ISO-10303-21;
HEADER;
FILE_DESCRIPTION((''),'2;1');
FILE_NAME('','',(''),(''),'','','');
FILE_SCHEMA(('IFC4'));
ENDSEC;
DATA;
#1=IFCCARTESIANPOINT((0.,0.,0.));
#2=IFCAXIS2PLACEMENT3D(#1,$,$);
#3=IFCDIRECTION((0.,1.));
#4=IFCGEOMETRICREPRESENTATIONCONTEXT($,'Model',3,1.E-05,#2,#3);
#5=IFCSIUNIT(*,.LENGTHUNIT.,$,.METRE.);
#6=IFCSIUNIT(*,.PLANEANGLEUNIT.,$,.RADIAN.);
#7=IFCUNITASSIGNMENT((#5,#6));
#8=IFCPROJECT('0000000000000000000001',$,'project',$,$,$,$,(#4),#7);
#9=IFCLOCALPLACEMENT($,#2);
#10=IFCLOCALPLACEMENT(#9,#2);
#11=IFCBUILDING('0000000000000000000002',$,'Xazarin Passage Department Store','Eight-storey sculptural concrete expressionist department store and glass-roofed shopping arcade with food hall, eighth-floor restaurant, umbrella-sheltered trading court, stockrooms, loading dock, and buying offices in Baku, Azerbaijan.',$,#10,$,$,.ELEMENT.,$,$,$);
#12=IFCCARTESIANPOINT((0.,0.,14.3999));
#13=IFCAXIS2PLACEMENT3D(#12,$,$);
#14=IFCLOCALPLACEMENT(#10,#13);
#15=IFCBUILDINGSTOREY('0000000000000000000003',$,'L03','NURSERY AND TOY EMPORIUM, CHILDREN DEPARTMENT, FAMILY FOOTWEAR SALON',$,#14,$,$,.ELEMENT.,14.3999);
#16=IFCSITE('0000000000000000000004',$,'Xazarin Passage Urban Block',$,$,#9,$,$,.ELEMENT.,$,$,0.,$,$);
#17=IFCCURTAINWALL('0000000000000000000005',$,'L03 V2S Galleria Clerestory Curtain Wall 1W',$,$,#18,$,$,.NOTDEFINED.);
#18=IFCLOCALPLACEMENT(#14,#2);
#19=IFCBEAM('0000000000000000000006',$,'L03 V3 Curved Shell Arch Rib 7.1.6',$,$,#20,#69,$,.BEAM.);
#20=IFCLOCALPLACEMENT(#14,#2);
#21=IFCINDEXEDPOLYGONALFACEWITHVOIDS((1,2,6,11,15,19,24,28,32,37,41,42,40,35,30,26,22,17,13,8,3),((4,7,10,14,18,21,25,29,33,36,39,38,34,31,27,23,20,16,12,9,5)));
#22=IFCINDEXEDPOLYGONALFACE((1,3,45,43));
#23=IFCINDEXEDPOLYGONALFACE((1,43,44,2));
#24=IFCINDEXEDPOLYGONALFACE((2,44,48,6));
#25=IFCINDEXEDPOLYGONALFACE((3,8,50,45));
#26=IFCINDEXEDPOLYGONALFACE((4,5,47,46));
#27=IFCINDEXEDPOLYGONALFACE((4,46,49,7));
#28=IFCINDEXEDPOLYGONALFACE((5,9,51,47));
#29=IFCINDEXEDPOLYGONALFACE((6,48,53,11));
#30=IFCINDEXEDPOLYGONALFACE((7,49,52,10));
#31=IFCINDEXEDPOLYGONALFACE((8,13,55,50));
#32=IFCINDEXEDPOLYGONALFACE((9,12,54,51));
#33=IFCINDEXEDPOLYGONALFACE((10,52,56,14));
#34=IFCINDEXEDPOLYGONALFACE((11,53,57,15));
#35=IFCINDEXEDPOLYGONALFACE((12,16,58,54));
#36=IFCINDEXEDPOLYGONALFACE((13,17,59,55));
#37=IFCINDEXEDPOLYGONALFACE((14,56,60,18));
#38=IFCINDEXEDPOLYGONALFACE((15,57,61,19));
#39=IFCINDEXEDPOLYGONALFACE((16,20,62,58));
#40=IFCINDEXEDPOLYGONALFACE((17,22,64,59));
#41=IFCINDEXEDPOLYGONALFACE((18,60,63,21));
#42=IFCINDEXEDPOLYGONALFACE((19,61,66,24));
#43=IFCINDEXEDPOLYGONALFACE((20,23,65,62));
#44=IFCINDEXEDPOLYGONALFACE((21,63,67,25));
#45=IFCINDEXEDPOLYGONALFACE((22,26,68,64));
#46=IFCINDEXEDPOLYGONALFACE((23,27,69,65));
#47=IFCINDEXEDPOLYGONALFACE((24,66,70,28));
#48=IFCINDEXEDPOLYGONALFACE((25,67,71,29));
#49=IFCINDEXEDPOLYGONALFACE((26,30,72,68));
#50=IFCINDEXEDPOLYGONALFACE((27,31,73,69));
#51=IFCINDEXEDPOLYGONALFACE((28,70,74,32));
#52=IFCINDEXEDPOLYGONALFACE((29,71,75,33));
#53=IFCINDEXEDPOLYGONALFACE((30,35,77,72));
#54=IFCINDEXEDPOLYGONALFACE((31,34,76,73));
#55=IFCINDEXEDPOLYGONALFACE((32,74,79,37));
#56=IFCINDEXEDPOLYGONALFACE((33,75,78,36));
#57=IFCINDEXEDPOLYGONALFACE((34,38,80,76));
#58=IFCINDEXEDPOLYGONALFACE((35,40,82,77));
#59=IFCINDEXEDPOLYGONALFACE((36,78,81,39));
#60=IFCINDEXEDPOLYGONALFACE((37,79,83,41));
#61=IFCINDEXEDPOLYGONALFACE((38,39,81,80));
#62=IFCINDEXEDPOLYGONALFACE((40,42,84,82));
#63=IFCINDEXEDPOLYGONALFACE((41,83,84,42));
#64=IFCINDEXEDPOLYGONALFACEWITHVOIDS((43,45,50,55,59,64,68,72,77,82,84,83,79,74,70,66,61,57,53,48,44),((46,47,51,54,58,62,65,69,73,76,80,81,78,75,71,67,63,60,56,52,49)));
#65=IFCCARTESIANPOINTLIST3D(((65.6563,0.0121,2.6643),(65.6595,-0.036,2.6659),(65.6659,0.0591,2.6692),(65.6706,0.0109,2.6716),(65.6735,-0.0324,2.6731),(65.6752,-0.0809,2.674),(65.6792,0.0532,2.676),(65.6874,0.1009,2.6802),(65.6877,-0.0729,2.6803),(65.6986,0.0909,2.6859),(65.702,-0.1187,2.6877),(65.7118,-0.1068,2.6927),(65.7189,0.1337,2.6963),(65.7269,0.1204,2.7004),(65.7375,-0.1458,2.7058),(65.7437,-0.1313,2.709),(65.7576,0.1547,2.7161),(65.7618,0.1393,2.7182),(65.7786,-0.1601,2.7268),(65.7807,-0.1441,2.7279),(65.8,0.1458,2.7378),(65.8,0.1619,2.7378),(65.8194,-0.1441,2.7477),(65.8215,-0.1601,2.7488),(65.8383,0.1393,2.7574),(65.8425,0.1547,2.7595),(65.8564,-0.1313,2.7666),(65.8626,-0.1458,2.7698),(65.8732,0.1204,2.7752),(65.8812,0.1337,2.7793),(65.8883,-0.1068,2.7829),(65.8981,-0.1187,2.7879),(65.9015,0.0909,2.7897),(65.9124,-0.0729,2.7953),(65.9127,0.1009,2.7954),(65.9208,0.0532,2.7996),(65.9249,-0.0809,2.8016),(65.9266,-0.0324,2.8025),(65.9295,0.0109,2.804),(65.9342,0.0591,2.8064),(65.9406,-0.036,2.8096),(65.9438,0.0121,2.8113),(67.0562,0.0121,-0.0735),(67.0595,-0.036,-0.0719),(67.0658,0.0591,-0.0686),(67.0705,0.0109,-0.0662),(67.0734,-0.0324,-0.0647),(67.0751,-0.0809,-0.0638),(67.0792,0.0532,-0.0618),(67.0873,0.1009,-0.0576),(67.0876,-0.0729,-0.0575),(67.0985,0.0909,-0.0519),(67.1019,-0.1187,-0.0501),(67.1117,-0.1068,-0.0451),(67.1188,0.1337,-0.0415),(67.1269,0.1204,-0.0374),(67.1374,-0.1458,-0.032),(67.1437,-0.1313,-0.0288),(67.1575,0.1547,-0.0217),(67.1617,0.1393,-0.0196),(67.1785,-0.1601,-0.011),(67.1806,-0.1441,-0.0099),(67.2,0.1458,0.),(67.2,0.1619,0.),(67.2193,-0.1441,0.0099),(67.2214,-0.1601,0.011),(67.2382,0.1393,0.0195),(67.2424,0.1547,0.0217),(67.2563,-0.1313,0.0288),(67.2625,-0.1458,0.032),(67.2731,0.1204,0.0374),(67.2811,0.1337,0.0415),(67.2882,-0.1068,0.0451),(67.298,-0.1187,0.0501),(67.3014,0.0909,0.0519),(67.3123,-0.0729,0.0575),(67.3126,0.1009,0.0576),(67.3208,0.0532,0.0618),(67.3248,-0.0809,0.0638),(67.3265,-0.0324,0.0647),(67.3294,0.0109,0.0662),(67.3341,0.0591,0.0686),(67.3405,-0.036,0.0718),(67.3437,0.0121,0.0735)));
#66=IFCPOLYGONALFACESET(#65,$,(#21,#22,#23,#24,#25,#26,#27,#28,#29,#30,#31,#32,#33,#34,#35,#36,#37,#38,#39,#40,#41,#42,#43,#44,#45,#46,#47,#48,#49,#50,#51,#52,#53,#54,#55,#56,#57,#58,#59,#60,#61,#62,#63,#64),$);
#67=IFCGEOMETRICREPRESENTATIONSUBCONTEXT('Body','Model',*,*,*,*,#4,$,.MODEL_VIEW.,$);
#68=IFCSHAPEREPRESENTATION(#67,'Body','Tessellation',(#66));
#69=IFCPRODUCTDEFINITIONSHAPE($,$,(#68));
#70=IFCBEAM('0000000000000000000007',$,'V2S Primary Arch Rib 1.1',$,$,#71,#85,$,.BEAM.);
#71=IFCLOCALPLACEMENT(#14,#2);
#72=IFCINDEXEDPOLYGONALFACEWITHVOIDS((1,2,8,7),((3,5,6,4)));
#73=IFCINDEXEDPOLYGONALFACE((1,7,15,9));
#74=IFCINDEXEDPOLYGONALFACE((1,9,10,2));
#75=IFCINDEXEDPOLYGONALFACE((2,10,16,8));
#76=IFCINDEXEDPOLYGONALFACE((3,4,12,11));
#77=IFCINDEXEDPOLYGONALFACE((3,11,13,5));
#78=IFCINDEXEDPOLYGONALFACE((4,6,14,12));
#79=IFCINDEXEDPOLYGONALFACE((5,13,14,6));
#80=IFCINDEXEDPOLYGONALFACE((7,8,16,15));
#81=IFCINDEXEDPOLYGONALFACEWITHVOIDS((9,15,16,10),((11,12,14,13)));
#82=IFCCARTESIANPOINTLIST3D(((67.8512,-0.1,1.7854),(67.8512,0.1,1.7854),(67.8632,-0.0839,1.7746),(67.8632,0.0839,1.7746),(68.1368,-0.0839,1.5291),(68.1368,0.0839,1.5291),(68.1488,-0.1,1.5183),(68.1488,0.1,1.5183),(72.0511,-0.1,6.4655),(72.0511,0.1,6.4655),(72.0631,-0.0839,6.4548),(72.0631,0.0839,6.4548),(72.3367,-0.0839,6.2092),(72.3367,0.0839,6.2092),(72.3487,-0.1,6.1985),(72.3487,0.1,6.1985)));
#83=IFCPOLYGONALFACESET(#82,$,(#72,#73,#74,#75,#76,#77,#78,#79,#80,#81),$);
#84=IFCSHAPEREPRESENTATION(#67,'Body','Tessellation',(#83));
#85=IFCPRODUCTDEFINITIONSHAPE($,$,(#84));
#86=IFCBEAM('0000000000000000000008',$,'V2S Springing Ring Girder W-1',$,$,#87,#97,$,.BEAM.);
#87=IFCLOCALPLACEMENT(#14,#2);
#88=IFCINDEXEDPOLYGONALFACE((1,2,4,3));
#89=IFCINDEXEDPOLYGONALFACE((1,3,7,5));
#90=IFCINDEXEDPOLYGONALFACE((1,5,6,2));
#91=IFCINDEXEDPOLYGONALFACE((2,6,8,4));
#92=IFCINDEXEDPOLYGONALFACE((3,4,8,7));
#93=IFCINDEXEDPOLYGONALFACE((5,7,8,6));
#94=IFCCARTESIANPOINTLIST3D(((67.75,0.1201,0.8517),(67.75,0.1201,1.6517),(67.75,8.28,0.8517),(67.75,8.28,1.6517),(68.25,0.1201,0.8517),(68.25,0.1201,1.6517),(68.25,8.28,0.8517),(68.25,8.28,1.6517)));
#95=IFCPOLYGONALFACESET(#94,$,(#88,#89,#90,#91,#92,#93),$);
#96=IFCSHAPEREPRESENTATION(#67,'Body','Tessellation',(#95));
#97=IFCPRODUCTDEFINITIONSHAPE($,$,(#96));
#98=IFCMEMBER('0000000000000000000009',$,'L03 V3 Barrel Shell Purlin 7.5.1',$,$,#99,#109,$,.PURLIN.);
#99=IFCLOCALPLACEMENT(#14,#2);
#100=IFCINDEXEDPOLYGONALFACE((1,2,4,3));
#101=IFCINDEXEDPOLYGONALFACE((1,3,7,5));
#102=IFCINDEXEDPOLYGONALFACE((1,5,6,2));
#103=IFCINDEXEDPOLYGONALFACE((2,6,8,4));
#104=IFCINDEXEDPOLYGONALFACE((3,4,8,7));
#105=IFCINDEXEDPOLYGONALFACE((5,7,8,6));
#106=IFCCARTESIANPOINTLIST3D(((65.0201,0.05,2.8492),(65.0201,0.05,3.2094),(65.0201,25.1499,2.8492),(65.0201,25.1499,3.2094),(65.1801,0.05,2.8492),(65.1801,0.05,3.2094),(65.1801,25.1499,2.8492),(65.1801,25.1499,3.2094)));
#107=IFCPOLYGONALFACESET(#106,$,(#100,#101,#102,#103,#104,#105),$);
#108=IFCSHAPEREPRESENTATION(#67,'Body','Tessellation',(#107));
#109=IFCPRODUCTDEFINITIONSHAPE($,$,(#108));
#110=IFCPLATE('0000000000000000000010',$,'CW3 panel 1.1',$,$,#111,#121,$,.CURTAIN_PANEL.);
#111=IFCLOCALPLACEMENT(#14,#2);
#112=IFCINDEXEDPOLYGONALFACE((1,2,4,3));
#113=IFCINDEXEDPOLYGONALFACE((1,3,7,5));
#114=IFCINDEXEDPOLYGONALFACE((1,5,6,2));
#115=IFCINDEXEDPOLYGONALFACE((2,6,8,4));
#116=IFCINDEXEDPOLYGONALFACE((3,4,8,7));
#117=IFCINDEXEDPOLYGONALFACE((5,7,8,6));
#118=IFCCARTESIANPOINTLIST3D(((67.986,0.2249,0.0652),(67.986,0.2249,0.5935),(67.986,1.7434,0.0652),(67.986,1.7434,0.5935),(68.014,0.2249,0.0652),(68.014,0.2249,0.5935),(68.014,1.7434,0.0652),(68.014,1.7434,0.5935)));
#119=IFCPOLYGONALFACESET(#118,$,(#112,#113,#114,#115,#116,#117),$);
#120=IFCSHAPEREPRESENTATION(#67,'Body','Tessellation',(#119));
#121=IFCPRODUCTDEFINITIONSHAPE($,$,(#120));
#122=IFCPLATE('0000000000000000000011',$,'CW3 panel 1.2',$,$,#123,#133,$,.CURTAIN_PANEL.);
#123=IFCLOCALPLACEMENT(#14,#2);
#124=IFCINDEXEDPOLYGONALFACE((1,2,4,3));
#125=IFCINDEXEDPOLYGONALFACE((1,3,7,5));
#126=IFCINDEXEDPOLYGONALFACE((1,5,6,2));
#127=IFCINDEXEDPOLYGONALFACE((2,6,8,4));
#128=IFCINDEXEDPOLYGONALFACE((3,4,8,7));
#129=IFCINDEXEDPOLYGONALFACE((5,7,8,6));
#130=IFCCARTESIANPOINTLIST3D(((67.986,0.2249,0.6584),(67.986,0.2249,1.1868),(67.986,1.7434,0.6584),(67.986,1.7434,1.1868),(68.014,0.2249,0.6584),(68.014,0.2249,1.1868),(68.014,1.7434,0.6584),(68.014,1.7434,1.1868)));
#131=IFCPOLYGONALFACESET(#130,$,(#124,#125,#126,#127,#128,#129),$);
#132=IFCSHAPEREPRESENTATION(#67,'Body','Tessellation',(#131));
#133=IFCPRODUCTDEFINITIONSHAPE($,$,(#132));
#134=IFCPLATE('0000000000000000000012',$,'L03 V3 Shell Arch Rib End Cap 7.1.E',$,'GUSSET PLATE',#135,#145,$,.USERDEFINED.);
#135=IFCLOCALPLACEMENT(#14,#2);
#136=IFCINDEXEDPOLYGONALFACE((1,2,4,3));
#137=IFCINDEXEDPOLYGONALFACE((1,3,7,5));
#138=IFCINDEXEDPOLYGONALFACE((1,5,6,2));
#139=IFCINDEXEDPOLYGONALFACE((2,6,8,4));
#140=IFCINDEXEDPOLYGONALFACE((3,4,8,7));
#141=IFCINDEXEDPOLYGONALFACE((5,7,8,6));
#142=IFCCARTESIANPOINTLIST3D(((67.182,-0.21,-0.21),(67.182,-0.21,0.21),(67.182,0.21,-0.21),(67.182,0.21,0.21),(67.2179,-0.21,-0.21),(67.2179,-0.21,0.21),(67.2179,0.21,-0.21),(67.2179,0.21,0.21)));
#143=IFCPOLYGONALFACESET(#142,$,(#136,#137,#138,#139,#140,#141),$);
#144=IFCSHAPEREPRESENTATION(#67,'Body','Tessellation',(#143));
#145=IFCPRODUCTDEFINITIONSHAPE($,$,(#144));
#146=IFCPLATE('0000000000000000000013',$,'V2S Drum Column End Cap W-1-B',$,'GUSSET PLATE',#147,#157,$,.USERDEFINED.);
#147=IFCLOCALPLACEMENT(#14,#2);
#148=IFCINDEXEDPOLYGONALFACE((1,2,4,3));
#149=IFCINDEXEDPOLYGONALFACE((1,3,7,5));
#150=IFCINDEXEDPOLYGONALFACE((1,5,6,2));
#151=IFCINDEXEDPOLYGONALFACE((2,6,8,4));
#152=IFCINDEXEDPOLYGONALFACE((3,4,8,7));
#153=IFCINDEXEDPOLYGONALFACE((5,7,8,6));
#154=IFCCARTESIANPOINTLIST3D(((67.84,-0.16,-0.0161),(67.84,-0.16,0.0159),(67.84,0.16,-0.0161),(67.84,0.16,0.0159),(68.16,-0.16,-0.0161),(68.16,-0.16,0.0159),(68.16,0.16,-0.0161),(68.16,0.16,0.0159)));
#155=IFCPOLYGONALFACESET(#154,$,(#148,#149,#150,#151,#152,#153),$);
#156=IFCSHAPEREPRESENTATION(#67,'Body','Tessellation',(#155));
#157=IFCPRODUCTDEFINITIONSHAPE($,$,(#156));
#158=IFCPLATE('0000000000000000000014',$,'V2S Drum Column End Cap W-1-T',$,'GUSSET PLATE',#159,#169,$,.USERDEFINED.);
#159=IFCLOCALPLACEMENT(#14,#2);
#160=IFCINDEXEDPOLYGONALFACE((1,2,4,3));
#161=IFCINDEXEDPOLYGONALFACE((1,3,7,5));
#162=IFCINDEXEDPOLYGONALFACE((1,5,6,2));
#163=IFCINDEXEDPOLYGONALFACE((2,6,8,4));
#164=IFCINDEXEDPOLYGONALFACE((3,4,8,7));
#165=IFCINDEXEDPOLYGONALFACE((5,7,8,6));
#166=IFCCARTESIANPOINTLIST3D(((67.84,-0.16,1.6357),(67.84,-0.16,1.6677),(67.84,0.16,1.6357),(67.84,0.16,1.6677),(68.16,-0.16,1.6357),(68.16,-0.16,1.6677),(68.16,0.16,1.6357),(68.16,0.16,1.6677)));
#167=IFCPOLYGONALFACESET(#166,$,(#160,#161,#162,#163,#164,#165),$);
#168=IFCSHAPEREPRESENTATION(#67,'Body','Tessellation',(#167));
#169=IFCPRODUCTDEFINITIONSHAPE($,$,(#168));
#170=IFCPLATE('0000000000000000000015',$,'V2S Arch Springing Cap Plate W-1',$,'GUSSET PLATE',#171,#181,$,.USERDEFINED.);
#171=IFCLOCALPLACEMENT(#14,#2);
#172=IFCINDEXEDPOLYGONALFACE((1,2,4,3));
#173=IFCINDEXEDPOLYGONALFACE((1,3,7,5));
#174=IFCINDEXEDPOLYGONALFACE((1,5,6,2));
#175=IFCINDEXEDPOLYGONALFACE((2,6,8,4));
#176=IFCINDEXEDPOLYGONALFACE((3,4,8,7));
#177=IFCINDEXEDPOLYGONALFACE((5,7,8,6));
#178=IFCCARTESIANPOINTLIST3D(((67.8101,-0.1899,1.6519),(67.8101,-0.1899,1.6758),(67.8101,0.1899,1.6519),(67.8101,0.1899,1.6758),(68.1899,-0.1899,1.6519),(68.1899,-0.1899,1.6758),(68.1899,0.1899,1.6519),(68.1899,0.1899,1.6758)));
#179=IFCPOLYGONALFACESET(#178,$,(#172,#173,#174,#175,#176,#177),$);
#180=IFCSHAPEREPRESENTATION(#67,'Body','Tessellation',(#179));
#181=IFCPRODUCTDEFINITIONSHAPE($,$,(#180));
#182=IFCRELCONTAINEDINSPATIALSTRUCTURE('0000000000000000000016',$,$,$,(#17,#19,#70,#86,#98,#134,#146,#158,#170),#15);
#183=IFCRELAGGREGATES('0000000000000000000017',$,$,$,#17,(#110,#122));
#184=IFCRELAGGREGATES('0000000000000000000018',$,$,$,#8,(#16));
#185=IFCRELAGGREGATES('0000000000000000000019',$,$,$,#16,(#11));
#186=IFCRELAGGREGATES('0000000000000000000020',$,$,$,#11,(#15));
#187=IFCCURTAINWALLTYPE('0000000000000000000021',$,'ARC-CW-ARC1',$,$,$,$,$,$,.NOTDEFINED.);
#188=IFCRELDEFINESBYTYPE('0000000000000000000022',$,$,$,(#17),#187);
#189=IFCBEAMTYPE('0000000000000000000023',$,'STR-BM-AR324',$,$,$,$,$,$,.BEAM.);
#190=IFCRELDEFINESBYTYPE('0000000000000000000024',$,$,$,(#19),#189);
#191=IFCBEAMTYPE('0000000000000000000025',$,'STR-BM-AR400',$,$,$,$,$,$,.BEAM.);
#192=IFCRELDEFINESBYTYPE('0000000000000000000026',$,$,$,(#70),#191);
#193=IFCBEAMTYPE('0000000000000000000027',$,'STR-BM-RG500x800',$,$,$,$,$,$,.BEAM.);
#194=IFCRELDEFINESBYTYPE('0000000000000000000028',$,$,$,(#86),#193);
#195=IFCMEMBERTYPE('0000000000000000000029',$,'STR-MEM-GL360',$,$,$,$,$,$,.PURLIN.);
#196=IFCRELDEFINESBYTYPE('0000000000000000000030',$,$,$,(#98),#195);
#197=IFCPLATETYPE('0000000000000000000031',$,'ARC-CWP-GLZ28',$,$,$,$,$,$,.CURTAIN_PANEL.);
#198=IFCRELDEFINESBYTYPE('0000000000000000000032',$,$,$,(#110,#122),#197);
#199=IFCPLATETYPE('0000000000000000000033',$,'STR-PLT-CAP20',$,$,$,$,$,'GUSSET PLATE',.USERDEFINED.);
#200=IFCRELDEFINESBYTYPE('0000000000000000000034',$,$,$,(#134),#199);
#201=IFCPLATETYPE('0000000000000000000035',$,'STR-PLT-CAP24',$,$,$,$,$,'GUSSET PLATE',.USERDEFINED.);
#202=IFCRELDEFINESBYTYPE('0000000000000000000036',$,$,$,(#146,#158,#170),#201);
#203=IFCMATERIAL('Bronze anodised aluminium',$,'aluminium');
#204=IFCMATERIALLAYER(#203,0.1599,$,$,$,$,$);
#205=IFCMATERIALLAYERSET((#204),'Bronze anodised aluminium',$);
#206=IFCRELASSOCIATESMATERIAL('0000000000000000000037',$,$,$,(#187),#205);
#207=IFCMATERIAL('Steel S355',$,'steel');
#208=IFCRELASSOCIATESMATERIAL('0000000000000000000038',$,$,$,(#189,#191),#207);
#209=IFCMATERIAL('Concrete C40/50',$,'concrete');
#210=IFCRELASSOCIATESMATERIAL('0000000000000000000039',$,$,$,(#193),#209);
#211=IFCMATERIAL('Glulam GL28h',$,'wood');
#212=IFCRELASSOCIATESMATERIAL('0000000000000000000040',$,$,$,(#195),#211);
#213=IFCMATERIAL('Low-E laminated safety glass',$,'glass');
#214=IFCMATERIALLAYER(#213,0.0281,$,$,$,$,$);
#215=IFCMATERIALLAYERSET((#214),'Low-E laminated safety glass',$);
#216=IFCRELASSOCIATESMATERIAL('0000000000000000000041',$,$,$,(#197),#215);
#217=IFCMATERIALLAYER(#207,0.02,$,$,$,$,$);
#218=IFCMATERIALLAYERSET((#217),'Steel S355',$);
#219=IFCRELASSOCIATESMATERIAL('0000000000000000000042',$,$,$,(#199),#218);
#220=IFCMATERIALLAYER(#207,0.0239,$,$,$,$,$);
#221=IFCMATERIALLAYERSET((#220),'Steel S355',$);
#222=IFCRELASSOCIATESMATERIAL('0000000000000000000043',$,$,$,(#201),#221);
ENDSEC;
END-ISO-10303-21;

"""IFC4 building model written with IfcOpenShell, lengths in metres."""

from ifc_helpers import new_model, si_unit, direction, frame, origin, origin_2d, place, context, subcontext, project, spatial, rectangle, hollow_rectangle, hollow_circle, extrude, material, layer, layer_set, material_profile, profile_set, type_object, element, aggregate, save


model = new_model("IFC4")

# Units and contexts
model_context = context("Model", 3, precision=1e-05, world=origin(), true_north=direction((0.0, 1.0)))
body_context = subcontext(model_context, "Body", "Model", "MODEL_VIEW")
ifc_project = project(units=[si_unit("LENGTHUNIT", "METRE"), si_unit("PLANEANGLEUNIT", "RADIAN")], contexts=[model_context])

# Site, building, storey
site_placement = place(None, origin())
site = spatial("IfcSite", under=ifc_project, at=site_placement, Name="Xazarin Passage Urban Block", CompositionType="ELEMENT", RefElevation=0.0)
building_placement = place(site_placement, origin())
building = spatial("IfcBuilding", under=site, at=building_placement, Name="Xazarin Passage Department Store", Description="Eight-storey sculptural concrete expressionist department store and glass-roofed shopping arcade with food hall, eighth-floor restaurant, umbrella-sheltered trading court, stockrooms, loading dock, and buying offices in Baku, Azerbaijan.", CompositionType="ELEMENT")
storey_placement = place(building_placement, frame((0.0, 0.0, 14.3999)))
storey = spatial("IfcBuildingStorey", under=building, at=storey_placement, Name="L03", Description="NURSERY AND TOY EMPORIUM, CHILDREN DEPARTMENT, FAMILY FOOTWEAR SALON", CompositionType="ELEMENT", Elevation=14.3999)

# Shared definitions
ifc_material_1 = material(Name="Steel S355", Category="steel")

# Curtain wall
ifc_material_2 = material(Name="Bronze anodised aluminium", Category="aluminium")
ifc_layer_1 = layer(ifc_material_2, 0.1599)
ifc_layer_set_1 = layer_set([ifc_layer_1], Name="Bronze anodised aluminium")
curtain_wall_type = type_object("IfcCurtainWallType", Name="ARC-CW-ARC1", PredefinedType="NOTDEFINED", material=ifc_layer_set_1)
curtain_wall_placement = place(storey_placement, origin())
curtain_wall = element("IfcCurtainWall", 1, at=curtain_wall_placement, inside=storey, type_object=curtain_wall_type, Name="L03 V2S Galleria Clerestory Curtain Wall 1W", PredefinedType="NOTDEFINED")

# Beams
ifc_material_profile_1 = material_profile(ifc_material_1, hollow_circle(Radius=0.1619, WallThickness=0.0161, at=origin_2d()), Name="CHS 323.9x16")
ifc_profile_set_1 = profile_set([ifc_material_profile_1], Name="Steel S355")
beam_type_1 = type_object("IfcBeamType", Name="STR-BM-AR324", PredefinedType="BEAM", material=ifc_profile_set_1)
beam_1_placement = place(storey_placement, frame((65.8, 0.0, 2.7378), z_axis=(0.455262, 0.0, -0.890357), x_axis=(0.0, 1.0, 0.0)))
element("IfcBeam", 2, at=beam_1_placement, inside=storey, type_object=beam_type_1, Name="L03 V3 Curved Shell Arch Rib 7.1.6", PredefinedType="BEAM", context=body_context, shape_type="SweptSolid", body=[
    extrude(hollow_circle(Radius=0.1619, WallThickness=0.0161, at=origin_2d()), origin(), (0.0, 0.0, 1.0), 3.075),
])
ifc_material_profile_2 = material_profile(ifc_material_1, hollow_rectangle(XDim=0.2, YDim=0.3999, WallThickness=0.0161, at=origin_2d()), Name="RHS 400x200x16")
ifc_profile_set_2 = profile_set([ifc_material_profile_2], Name="Steel S355")
beam_type_2 = type_object("IfcBeamType", Name="STR-BM-AR400", PredefinedType="BEAM", material=ifc_profile_set_2)
beam_2_placement = place(storey_placement, frame((68.0, 0.0, 1.6519), z_axis=(0.667892, 0.0, 0.744259), x_axis=(0.0, 1.0, 0.0)))
element("IfcBeam", 3, at=beam_2_placement, inside=storey, type_object=beam_type_2, Name="V2S Primary Arch Rib 1.1", PredefinedType="BEAM", context=body_context, shape_type="SweptSolid", body=[
    extrude(hollow_rectangle(XDim=0.2, YDim=0.3999, WallThickness=0.0161, at=origin_2d()), origin(), (0.0, 0.0, 1.0), 6.2883),
])
ifc_material_3 = material(Name="Concrete C40/50", Category="concrete")
ifc_material_profile_3 = material_profile(ifc_material_3, rectangle(XDim=0.5, YDim=0.8, at=origin_2d()), Name="RC 500x800")
ifc_profile_set_3 = profile_set([ifc_material_profile_3], Name="Concrete C40/50")
beam_type_3 = type_object("IfcBeamType", Name="STR-BM-RG500x800", PredefinedType="BEAM", material=ifc_profile_set_3)
beam_3_placement = place(storey_placement, frame((68.0, 0.1201, 1.2517), z_axis=(0.0, 1.0, 0.0), x_axis=(-1.0, 0.0, 0.0)))
element("IfcBeam", 4, at=beam_3_placement, inside=storey, type_object=beam_type_3, Name="V2S Springing Ring Girder W-1", PredefinedType="BEAM", context=body_context, shape_type="SweptSolid", body=[
    extrude(rectangle(XDim=0.5, YDim=0.8, at=origin_2d()), origin(), (0.0, 0.0, 1.0), 8.1599),
])

# Member
ifc_material_4 = material(Name="Glulam GL28h", Category="wood")
ifc_material_profile_4 = material_profile(ifc_material_4, rectangle(XDim=0.1599, YDim=0.3601, at=origin_2d()), Name="GL28h 160x360")
ifc_profile_set_4 = profile_set([ifc_material_profile_4], Name="Glulam GL28h")
member_type_1 = type_object("IfcMemberType", Name="STR-MEM-GL360", PredefinedType="PURLIN", material=ifc_profile_set_4)
member_1_placement = place(storey_placement, frame((65.1001, 0.05, 3.0293), z_axis=(0.0, 1.0, 0.0), x_axis=(-1.0, 0.0, 0.0)))
element("IfcMember", 5, at=member_1_placement, inside=storey, type_object=member_type_1, Name="L03 V3 Barrel Shell Purlin 7.5.1", PredefinedType="PURLIN", context=body_context, shape_type="SweptSolid", body=[
    extrude(rectangle(XDim=0.1599, YDim=0.3601, at=origin_2d()), origin(), (0.0, 0.0, 1.0), 25.0999),
])

# Plates
ifc_material_5 = material(Name="Low-E laminated safety glass", Category="glass")
ifc_layer_2 = layer(ifc_material_5, 0.0281)
ifc_layer_set_2 = layer_set([ifc_layer_2], Name="Low-E laminated safety glass")
plate_type_1 = type_object("IfcPlateType", Name="ARC-CWP-GLZ28", PredefinedType="CURTAIN_PANEL", material=ifc_layer_set_2)
plate_1_placement = place(storey_placement, frame((68.0, 0.9841, 0.0652), z_axis=(0.0, 0.0, 1.0), x_axis=(0.0, 1.0, 0.0)))
plate_1 = element("IfcPlate", 6, at=plate_1_placement, type_object=plate_type_1, Name="CW3 panel 1.1", PredefinedType="CURTAIN_PANEL", context=body_context, shape_type="SweptSolid", body=[
    extrude(rectangle(XDim=1.5186, YDim=0.0281, at=origin_2d()), origin(), (0.0, 0.0, 1.0), 0.5283),
])
plate_2_placement = place(storey_placement, frame((68.0, 0.9841, 0.6584), z_axis=(0.0, 0.0, 1.0), x_axis=(0.0, 1.0, 0.0)))
plate_2 = element("IfcPlate", 7, at=plate_2_placement, type_object=plate_type_1, Name="CW3 panel 1.2", PredefinedType="CURTAIN_PANEL", context=body_context, shape_type="SweptSolid", body=[
    extrude(rectangle(XDim=1.5186, YDim=0.0281, at=origin_2d()), origin(), (0.0, 0.0, 1.0), 0.5283),
])
aggregate(curtain_wall, [plate_1, plate_2])

# Plates
ifc_layer_3 = layer(ifc_material_1, 0.02)
ifc_layer_set_3 = layer_set([ifc_layer_3], Name="Steel S355")
plate_type_2 = type_object("IfcPlateType", Name="STR-PLT-CAP20", ElementType="GUSSET PLATE", PredefinedType="USERDEFINED", material=ifc_layer_set_3)
plate_3_placement = place(storey_placement, frame((67.2, 0.0, -0.21), z_axis=(0.0, 0.0, 1.0), x_axis=(1.0, 0.0, 0.0)))
element("IfcPlate", 8, at=plate_3_placement, inside=storey, type_object=plate_type_2, Name="L03 V3 Shell Arch Rib End Cap 7.1.E", ObjectType="GUSSET PLATE", PredefinedType="USERDEFINED", context=body_context, shape_type="SweptSolid", body=[
    extrude(rectangle(XDim=0.0359, YDim=0.4199, at=origin_2d()), origin(), (0.0, 0.0, 1.0), 0.4199),
])
ifc_layer_4 = layer(ifc_material_1, 0.0239)
ifc_layer_set_4 = layer_set([ifc_layer_4], Name="Steel S355")
plate_type_3 = type_object("IfcPlateType", Name="STR-PLT-CAP24", ElementType="GUSSET PLATE", PredefinedType="USERDEFINED", material=ifc_layer_set_4)
for number, where, z_axis, x_axis, name in (
    (9, (68.0, 0.0, -0.0161), (0.0, 0.0, 1.0), (1.0, 0.0, 0.0), "V2S Drum Column End Cap W-1-B"),
    (10, (68.0, 0.0, 1.6357), (0.0, 0.0, 1.0), (1.0, 0.0, 0.0), "V2S Drum Column End Cap W-1-T"),
):
    element("IfcPlate", number, at=place(storey_placement, frame(where, z_axis=z_axis, x_axis=x_axis)), inside=storey, type_object=plate_type_3, Name=name, ObjectType="GUSSET PLATE", PredefinedType="USERDEFINED", context=body_context, shape_type="SweptSolid", body=[
        extrude(rectangle(XDim=0.3201, YDim=0.3201, at=origin_2d()), origin(), (0.0, 0.0, 1.0), 0.032),
    ])
plate_4_placement = place(storey_placement, frame((68.0, 0.0, 1.6519), z_axis=(0.0, 0.0, 1.0), x_axis=(1.0, 0.0, 0.0)))
element("IfcPlate", 11, at=plate_4_placement, inside=storey, type_object=plate_type_3, Name="V2S Arch Springing Cap Plate W-1", ObjectType="GUSSET PLATE", PredefinedType="USERDEFINED", context=body_context, shape_type="SweptSolid", body=[
    extrude(rectangle(XDim=0.3799, YDim=0.3799, at=origin_2d()), origin(), (0.0, 0.0, 1.0), 0.0239),
])

save(model, "model.ifc")
